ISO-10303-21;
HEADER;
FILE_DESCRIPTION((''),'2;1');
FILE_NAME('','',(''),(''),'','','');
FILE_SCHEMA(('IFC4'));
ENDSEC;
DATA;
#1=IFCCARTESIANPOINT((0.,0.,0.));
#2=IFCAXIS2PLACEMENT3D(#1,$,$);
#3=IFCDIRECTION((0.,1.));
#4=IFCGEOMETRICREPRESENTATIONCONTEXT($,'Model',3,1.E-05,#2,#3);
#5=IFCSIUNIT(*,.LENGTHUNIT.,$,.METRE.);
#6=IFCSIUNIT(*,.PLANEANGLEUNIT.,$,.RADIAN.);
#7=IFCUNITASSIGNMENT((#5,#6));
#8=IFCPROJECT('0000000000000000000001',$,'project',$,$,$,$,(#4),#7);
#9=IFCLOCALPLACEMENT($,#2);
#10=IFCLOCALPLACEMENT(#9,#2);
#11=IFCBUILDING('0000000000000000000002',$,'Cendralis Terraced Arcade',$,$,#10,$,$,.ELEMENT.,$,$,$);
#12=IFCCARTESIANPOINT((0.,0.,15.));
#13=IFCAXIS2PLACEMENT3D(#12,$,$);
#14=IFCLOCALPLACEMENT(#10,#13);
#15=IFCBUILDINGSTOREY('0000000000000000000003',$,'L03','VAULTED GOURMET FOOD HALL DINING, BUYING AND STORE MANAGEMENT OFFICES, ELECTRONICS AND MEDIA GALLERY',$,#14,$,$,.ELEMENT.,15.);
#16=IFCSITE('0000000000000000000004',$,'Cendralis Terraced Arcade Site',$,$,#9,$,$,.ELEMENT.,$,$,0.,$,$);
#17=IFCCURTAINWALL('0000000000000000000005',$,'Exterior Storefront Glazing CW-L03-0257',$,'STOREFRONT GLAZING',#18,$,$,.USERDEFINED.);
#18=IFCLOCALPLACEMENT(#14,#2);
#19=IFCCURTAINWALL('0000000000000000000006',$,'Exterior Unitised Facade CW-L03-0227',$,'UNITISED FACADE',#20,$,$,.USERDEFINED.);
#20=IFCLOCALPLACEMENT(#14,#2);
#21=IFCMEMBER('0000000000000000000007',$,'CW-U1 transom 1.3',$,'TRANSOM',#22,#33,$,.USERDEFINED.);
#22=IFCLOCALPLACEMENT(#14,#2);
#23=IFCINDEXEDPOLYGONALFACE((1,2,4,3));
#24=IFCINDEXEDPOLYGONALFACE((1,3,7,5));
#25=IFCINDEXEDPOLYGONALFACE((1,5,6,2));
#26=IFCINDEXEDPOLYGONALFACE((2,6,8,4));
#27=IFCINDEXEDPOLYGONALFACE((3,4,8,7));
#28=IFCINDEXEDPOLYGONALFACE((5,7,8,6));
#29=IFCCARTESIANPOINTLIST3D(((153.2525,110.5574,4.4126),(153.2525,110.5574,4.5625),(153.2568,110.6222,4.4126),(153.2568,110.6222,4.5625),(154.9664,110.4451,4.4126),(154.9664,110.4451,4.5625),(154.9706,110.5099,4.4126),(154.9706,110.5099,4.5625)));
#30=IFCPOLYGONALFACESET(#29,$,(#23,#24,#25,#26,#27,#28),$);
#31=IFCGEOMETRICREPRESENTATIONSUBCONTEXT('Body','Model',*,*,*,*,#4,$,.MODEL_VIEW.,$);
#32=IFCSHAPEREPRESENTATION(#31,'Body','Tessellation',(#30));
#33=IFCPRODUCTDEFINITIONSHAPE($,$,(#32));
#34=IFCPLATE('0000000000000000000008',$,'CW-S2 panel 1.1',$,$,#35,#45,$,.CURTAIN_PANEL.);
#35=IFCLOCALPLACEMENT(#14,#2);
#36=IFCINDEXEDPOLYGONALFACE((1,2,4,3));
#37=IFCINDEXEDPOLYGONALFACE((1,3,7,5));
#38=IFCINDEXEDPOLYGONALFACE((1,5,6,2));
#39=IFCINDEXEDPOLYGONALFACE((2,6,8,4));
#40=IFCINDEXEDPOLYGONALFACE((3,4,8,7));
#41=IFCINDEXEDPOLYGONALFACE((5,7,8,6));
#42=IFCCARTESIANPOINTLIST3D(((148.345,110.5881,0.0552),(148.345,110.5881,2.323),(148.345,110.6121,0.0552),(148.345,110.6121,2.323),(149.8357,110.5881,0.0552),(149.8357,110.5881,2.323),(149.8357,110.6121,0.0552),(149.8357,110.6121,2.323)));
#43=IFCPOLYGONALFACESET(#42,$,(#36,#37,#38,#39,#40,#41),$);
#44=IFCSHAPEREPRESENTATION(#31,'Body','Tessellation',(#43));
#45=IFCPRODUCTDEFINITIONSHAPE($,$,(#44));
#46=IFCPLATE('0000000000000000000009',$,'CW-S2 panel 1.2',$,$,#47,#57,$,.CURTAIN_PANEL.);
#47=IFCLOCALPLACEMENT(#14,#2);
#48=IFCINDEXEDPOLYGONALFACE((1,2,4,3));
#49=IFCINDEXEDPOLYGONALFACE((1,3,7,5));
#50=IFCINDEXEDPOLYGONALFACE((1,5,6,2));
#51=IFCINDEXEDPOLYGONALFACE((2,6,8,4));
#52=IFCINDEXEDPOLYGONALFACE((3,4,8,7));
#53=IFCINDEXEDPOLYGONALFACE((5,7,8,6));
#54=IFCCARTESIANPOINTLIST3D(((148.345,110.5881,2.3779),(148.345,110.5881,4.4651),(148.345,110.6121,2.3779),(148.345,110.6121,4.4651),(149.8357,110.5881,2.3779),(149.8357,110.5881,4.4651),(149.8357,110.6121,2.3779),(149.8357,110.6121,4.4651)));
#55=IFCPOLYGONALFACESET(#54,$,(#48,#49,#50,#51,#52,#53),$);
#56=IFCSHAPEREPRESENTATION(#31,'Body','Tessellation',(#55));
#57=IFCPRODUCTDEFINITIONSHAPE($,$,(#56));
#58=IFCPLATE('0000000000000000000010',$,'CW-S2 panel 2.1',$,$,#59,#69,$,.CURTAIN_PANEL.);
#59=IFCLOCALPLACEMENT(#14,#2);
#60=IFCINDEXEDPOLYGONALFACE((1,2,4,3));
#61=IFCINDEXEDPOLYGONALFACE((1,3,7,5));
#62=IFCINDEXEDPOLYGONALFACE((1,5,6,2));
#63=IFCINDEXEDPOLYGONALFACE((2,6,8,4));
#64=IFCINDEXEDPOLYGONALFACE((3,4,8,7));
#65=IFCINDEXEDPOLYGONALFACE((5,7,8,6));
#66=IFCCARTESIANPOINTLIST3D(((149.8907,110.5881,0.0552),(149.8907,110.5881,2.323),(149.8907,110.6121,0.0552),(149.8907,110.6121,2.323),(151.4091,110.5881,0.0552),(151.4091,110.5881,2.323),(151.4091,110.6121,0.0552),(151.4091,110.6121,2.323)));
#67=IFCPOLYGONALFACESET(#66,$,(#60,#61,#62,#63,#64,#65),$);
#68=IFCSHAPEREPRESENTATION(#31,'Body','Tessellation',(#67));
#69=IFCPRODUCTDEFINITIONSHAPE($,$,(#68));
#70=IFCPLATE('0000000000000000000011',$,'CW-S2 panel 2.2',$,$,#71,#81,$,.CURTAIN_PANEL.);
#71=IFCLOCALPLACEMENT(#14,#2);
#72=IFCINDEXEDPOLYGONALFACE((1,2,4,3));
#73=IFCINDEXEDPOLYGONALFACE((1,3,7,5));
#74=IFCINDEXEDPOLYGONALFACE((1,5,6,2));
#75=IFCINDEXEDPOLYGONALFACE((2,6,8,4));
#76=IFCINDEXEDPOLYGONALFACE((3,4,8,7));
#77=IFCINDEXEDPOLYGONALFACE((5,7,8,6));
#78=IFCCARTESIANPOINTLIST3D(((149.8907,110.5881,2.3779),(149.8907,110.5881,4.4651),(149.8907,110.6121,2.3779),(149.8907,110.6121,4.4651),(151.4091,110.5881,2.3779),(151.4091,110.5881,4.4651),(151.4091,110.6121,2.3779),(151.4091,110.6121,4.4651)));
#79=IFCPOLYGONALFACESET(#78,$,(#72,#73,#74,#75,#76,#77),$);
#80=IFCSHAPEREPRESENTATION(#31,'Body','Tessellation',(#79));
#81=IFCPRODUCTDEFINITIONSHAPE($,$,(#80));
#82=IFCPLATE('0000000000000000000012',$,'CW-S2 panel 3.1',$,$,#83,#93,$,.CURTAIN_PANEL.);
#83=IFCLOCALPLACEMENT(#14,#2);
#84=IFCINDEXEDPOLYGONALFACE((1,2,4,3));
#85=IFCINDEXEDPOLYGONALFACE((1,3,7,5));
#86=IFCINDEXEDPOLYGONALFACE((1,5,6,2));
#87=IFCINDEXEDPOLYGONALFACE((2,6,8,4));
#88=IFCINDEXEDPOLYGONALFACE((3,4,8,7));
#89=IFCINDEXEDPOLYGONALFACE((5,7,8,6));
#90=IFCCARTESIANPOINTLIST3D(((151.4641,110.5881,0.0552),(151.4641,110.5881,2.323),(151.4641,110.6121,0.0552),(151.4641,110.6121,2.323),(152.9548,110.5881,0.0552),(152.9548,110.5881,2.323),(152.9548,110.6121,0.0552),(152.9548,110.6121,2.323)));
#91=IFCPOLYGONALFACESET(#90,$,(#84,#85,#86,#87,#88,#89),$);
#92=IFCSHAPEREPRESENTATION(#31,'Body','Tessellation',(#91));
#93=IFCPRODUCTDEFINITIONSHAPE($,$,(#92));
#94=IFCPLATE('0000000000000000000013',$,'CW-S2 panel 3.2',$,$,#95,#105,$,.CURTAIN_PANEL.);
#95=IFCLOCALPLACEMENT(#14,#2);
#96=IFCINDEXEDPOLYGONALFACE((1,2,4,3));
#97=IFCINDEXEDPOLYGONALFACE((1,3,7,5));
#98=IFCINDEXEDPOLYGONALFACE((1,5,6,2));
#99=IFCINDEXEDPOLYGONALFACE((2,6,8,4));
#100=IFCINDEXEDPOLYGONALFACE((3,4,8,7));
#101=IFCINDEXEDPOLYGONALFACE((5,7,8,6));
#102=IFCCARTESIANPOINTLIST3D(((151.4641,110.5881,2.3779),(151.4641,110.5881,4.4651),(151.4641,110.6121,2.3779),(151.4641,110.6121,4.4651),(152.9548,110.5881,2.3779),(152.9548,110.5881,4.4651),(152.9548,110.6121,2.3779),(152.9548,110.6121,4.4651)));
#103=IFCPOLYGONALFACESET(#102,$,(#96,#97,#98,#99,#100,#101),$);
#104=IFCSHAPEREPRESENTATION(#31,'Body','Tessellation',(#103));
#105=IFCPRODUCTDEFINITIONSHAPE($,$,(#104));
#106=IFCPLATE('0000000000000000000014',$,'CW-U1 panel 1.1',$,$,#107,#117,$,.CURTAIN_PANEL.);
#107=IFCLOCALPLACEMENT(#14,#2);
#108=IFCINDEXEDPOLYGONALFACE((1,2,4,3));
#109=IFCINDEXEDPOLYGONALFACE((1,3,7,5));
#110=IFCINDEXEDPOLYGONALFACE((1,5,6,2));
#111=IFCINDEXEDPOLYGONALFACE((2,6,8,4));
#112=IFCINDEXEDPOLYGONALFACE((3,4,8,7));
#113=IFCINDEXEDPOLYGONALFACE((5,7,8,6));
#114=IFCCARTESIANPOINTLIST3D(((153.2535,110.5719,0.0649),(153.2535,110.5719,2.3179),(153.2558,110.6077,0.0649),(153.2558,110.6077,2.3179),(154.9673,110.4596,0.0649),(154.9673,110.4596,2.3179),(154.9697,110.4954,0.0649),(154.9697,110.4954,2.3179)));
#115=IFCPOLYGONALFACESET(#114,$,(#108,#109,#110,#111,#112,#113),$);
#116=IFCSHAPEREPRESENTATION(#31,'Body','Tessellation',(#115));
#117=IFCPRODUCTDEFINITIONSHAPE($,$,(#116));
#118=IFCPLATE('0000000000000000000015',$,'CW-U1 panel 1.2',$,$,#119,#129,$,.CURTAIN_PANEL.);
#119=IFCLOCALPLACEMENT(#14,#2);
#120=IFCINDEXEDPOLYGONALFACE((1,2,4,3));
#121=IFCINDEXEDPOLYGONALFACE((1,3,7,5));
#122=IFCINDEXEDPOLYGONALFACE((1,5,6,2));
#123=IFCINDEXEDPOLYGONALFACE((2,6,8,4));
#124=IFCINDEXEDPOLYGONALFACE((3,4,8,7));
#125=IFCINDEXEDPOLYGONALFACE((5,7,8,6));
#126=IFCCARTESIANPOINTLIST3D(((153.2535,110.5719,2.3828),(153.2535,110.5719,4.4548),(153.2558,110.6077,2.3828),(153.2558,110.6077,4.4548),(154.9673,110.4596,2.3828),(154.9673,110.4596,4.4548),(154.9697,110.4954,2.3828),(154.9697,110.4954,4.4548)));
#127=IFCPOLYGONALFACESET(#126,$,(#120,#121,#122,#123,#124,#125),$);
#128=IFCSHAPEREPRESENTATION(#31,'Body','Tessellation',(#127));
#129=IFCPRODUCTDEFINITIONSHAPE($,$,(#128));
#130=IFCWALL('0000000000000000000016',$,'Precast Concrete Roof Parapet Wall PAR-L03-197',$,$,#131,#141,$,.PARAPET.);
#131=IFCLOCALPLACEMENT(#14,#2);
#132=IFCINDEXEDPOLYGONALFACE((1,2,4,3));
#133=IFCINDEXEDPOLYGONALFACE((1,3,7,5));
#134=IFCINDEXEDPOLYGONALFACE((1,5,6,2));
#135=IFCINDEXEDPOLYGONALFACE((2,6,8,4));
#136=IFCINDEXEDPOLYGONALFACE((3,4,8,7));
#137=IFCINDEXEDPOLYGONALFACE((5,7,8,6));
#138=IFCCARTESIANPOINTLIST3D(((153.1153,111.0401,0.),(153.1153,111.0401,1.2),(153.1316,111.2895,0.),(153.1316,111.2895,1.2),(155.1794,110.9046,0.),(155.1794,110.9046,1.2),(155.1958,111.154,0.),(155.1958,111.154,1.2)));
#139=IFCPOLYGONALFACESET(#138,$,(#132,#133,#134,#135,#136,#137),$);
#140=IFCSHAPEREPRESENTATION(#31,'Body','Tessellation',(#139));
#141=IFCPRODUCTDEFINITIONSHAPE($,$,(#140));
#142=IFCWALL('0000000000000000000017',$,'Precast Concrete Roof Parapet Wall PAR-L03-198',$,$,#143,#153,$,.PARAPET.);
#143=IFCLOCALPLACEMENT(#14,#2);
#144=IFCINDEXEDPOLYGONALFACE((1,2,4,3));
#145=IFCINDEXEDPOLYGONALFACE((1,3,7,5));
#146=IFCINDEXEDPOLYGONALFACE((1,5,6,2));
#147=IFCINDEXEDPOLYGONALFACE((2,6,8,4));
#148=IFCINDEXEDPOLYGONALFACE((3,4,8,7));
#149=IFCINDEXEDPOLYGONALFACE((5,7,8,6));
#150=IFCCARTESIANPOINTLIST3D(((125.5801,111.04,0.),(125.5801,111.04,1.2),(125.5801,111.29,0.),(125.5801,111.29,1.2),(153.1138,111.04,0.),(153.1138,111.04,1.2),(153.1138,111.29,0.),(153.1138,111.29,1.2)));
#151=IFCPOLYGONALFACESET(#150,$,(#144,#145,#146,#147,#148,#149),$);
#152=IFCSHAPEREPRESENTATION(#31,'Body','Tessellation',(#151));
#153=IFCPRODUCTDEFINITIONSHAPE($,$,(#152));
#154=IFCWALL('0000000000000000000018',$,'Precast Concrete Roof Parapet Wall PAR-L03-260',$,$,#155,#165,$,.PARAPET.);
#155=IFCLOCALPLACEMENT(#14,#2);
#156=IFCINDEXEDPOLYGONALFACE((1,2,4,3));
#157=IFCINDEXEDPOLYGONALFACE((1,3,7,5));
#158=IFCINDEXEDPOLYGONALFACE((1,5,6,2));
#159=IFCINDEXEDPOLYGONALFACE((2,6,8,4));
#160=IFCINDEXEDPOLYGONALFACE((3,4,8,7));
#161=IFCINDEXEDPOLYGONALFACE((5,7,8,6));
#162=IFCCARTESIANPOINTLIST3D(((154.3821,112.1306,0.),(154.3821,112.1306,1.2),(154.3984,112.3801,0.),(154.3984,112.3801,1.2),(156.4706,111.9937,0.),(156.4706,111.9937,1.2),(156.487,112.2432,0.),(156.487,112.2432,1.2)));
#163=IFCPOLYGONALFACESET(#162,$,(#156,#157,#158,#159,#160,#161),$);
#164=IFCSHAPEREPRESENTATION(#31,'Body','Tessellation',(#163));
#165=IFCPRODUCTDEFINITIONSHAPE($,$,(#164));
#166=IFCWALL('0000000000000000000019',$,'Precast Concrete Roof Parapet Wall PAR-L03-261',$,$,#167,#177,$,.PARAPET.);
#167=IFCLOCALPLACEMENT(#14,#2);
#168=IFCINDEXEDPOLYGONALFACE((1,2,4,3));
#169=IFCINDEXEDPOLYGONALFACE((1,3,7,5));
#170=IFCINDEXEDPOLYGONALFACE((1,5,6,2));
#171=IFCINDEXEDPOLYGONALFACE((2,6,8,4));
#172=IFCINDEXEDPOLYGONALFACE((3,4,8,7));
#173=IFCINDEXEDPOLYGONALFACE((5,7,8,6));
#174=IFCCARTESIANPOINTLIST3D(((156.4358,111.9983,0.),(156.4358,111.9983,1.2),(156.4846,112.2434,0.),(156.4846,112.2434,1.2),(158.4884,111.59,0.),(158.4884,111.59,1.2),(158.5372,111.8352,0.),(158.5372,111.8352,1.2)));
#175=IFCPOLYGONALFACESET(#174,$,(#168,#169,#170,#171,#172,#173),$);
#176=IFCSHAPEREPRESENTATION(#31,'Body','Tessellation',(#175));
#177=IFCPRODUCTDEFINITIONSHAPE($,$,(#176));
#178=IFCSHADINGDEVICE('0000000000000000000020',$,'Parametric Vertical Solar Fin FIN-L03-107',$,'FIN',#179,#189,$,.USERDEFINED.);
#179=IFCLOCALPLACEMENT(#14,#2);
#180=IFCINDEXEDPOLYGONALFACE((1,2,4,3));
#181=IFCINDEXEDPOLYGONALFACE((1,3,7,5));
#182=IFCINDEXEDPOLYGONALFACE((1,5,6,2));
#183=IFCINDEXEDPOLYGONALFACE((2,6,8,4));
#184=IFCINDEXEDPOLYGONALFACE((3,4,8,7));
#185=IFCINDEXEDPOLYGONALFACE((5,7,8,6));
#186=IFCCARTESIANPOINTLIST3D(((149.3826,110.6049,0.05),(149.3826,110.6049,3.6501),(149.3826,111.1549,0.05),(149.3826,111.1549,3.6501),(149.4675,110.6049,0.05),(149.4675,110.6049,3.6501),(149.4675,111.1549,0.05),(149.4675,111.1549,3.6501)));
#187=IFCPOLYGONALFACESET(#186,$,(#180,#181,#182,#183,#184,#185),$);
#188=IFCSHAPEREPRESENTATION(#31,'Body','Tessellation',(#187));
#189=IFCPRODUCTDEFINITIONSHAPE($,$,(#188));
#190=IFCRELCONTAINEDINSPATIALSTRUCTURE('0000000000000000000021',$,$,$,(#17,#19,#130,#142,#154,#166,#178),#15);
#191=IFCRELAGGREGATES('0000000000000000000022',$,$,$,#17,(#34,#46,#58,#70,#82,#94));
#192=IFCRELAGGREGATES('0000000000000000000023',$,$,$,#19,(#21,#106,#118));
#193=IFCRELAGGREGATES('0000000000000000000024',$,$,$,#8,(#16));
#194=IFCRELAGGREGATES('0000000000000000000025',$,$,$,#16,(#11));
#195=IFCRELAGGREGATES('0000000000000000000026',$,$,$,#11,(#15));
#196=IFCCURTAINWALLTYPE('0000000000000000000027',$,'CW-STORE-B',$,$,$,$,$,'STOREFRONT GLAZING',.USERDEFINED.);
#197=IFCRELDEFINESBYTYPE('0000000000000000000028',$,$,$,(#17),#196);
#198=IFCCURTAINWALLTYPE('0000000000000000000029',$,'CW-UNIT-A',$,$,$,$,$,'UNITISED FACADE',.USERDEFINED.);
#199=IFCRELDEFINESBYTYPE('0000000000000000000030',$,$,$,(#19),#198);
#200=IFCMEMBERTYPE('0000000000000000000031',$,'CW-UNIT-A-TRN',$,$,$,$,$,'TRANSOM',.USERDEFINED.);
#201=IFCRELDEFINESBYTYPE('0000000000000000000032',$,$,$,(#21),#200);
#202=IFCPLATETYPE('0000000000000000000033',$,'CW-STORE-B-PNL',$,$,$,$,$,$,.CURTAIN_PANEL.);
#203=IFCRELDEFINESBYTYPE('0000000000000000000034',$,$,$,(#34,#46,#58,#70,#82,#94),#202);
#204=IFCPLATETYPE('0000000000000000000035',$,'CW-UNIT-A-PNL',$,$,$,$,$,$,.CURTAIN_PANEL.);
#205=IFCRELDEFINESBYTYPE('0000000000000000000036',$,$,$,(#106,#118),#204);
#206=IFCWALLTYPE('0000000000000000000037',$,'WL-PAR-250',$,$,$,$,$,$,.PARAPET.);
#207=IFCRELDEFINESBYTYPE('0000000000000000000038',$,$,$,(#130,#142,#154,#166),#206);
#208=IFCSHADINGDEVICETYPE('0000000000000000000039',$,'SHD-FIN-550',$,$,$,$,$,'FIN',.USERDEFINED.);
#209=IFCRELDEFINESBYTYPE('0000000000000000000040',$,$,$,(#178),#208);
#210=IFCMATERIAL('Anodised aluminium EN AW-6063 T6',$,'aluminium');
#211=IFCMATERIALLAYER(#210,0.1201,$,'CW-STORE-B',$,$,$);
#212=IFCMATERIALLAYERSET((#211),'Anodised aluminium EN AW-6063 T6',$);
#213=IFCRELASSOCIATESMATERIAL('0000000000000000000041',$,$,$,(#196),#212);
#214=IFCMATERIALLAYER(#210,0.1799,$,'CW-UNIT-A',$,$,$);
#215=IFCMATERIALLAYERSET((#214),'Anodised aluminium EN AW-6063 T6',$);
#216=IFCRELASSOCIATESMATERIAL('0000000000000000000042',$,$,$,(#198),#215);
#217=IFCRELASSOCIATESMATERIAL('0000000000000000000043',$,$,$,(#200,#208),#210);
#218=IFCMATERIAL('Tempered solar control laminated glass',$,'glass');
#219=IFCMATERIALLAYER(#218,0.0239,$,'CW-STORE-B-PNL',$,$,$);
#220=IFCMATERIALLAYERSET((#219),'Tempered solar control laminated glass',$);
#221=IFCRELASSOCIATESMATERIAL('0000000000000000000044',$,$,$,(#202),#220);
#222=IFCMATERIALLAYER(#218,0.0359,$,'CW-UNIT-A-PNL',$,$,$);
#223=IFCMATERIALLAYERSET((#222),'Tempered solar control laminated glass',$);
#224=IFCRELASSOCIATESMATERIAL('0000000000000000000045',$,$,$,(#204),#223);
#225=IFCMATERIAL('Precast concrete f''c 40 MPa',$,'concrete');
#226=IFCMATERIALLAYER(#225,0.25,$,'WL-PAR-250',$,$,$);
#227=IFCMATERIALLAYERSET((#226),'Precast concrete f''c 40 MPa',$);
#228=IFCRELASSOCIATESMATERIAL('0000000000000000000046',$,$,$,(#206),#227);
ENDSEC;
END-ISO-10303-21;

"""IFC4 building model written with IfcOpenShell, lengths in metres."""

from ifc_helpers import new_model, si_unit, direction, frame, frame_2d, origin, origin_2d, place, context, subcontext, project, spatial, rectangle, extrude, material, layer, layer_set, material_profile, profile_set, type_object, element, aggregate, save


model = new_model("IFC4")

# Units and contexts
model_context = context("Model", 3, precision=1e-05, world=origin(), true_north=direction((0.0, 1.0)))
body_context = subcontext(model_context, "Body", "Model", "MODEL_VIEW")
ifc_project = project(units=[si_unit("LENGTHUNIT", "METRE"), si_unit("PLANEANGLEUNIT", "RADIAN")], contexts=[model_context])

# Site, building, storey
site_placement = place(None, origin())
site = spatial("IfcSite", under=ifc_project, at=site_placement, Name="Cendralis Terraced Arcade Site", CompositionType="ELEMENT", RefElevation=0.0)
building_placement = place(site_placement, origin())
building = spatial("IfcBuilding", under=site, at=building_placement, Name="Cendralis Terraced Arcade", CompositionType="ELEMENT")
storey_placement = place(building_placement, frame((0.0, 0.0, 15.0)))
storey = spatial("IfcBuildingStorey", under=building, at=storey_placement, Name="L03", Description="VAULTED GOURMET FOOD HALL DINING, BUYING AND STORE MANAGEMENT OFFICES, ELECTRONICS AND MEDIA GALLERY", CompositionType="ELEMENT", Elevation=15.0)

# Curtain walls, member
ifc_material_1 = material(Name="Anodised aluminium EN AW-6063 T6", Category="aluminium")
ifc_layer_1 = layer(ifc_material_1, 0.1201, Name="CW-STORE-B")
ifc_layer_set_1 = layer_set([ifc_layer_1], Name="Anodised aluminium EN AW-6063 T6")
curtain_wall_type_1 = type_object("IfcCurtainWallType", Name="CW-STORE-B", ElementType="STOREFRONT GLAZING", PredefinedType="USERDEFINED", material=ifc_layer_set_1)
curtain_wall_1_placement = place(storey_placement, origin())
curtain_wall_1 = element("IfcCurtainWall", 1, at=curtain_wall_1_placement, inside=storey, type_object=curtain_wall_type_1, Name="Exterior Storefront Glazing CW-L03-0257", ObjectType="STOREFRONT GLAZING", PredefinedType="USERDEFINED")
ifc_layer_2 = layer(ifc_material_1, 0.1799, Name="CW-UNIT-A")
ifc_layer_set_2 = layer_set([ifc_layer_2], Name="Anodised aluminium EN AW-6063 T6")
curtain_wall_type_2 = type_object("IfcCurtainWallType", Name="CW-UNIT-A", ElementType="UNITISED FACADE", PredefinedType="USERDEFINED", material=ifc_layer_set_2)
curtain_wall_2_placement = place(storey_placement, origin())
curtain_wall_2 = element("IfcCurtainWall", 2, at=curtain_wall_2_placement, inside=storey, type_object=curtain_wall_type_2, Name="Exterior Unitised Facade CW-L03-0227", ObjectType="UNITISED FACADE", PredefinedType="USERDEFINED")
ifc_material_profile_1 = material_profile(ifc_material_1, rectangle(XDim=0.0649, YDim=0.1499, at=origin_2d()), Name="ALU-TRN-65x150")
ifc_profile_set_1 = profile_set([ifc_material_profile_1], Name="Anodised aluminium EN AW-6063 T6")
member_type_1 = type_object("IfcMemberType", Name="CW-UNIT-A-TRN", ElementType="TRANSOM", PredefinedType="USERDEFINED", material=ifc_profile_set_1)
member_1_placement = place(storey_placement, frame((153.2546, 110.5898, 4.4875), z_axis=(0.99786, -0.065387, 0.0), x_axis=(0.065387, 0.99786, 0.0)))
member_1 = element("IfcMember", 3, at=member_1_placement, type_object=member_type_1, Name="CW-U1 transom 1.3", ObjectType="TRANSOM", PredefinedType="USERDEFINED", context=body_context, shape_type="SweptSolid", body=[
    extrude(rectangle(XDim=0.0649, YDim=0.1499, at=origin_2d()), origin(), (0.0, 0.0, 1.0), 1.7175),
])

# Plates
ifc_material_2 = material(Name="Tempered solar control laminated glass", Category="glass")
ifc_layer_3 = layer(ifc_material_2, 0.0239, Name="CW-STORE-B-PNL")
ifc_layer_set_3 = layer_set([ifc_layer_3], Name="Tempered solar control laminated glass")
plate_type_1 = type_object("IfcPlateType", Name="CW-STORE-B-PNL", PredefinedType="CURTAIN_PANEL", material=ifc_layer_set_3)
plate_1_placement = place(storey_placement, frame((149.0903, 110.6001, 0.0552), z_axis=(0.0, 0.0, 1.0), x_axis=(1.0, 0.0, 0.0)))
plate_1 = element("IfcPlate", 4, at=plate_1_placement, type_object=plate_type_1, Name="CW-S2 panel 1.1", PredefinedType="CURTAIN_PANEL", context=body_context, shape_type="SweptSolid", body=[
    extrude(rectangle(XDim=1.4907, YDim=0.0239, at=origin_2d()), origin(), (0.0, 0.0, 1.0), 2.2678),
])
plate_2_placement = place(storey_placement, frame((149.0903, 110.6001, 2.3779), z_axis=(0.0, 0.0, 1.0), x_axis=(1.0, 0.0, 0.0)))
plate_2 = element("IfcPlate", 5, at=plate_2_placement, type_object=plate_type_1, Name="CW-S2 panel 1.2", PredefinedType="CURTAIN_PANEL", context=body_context, shape_type="SweptSolid", body=[
    extrude(rectangle(XDim=1.4907, YDim=0.0239, at=origin_2d()), origin(), (0.0, 0.0, 1.0), 2.0872),
])
plate_3_placement = place(storey_placement, frame((150.6499, 110.6001, 0.0552), z_axis=(0.0, 0.0, 1.0), x_axis=(1.0, 0.0, 0.0)))
plate_3 = element("IfcPlate", 6, at=plate_3_placement, type_object=plate_type_1, Name="CW-S2 panel 2.1", PredefinedType="CURTAIN_PANEL", context=body_context, shape_type="SweptSolid", body=[
    extrude(rectangle(XDim=1.5183, YDim=0.0239, at=origin_2d()), origin(), (0.0, 0.0, 1.0), 2.2678),
])
plate_4_placement = place(storey_placement, frame((150.6499, 110.6001, 2.3779), z_axis=(0.0, 0.0, 1.0), x_axis=(1.0, 0.0, 0.0)))
plate_4 = element("IfcPlate", 7, at=plate_4_placement, type_object=plate_type_1, Name="CW-S2 panel 2.2", PredefinedType="CURTAIN_PANEL", context=body_context, shape_type="SweptSolid", body=[
    extrude(rectangle(XDim=1.5183, YDim=0.0239, at=origin_2d()), origin(), (0.0, 0.0, 1.0), 2.0872),
])
plate_5_placement = place(storey_placement, frame((152.2095, 110.6001, 0.0552), z_axis=(0.0, 0.0, 1.0), x_axis=(1.0, 0.0, 0.0)))
plate_5 = element("IfcPlate", 8, at=plate_5_placement, type_object=plate_type_1, Name="CW-S2 panel 3.1", PredefinedType="CURTAIN_PANEL", context=body_context, shape_type="SweptSolid", body=[
    extrude(rectangle(XDim=1.4907, YDim=0.0239, at=origin_2d()), origin(), (0.0, 0.0, 1.0), 2.2678),
])
plate_6_placement = place(storey_placement, frame((152.2095, 110.6001, 2.3779), z_axis=(0.0, 0.0, 1.0), x_axis=(1.0, 0.0, 0.0)))
plate_6 = element("IfcPlate", 9, at=plate_6_placement, type_object=plate_type_1, Name="CW-S2 panel 3.2", PredefinedType="CURTAIN_PANEL", context=body_context, shape_type="SweptSolid", body=[
    extrude(rectangle(XDim=1.4907, YDim=0.0239, at=origin_2d()), origin(), (0.0, 0.0, 1.0), 2.0872),
])
aggregate(curtain_wall_1, [plate_1, plate_2, plate_3, plate_4, plate_5, plate_6])
ifc_layer_4 = layer(ifc_material_2, 0.0359, Name="CW-UNIT-A-PNL")
ifc_layer_set_4 = layer_set([ifc_layer_4], Name="Tempered solar control laminated glass")
plate_type_2 = type_object("IfcPlateType", Name="CW-UNIT-A-PNL", PredefinedType="CURTAIN_PANEL", material=ifc_layer_set_4)
plate_7_placement = place(storey_placement, frame((154.1116, 110.5337, 0.0649), z_axis=(0.0, 0.0, 1.0), x_axis=(0.99786, -0.065384, 0.0)))
plate_7 = element("IfcPlate", 10, at=plate_7_placement, type_object=plate_type_2, Name="CW-U1 panel 1.1", PredefinedType="CURTAIN_PANEL", context=body_context, shape_type="SweptSolid", body=[
    extrude(rectangle(XDim=1.7175, YDim=0.0359, at=origin_2d()), origin(), (0.0, 0.0, 1.0), 2.2529),
])
plate_8_placement = place(storey_placement, frame((154.1116, 110.5337, 2.3828), z_axis=(0.0, 0.0, 1.0), x_axis=(0.99786, -0.065384, 0.0)))
plate_8 = element("IfcPlate", 11, at=plate_8_placement, type_object=plate_type_2, Name="CW-U1 panel 1.2", PredefinedType="CURTAIN_PANEL", context=body_context, shape_type="SweptSolid", body=[
    extrude(rectangle(XDim=1.7175, YDim=0.0359, at=origin_2d()), origin(), (0.0, 0.0, 1.0), 2.072),
])
aggregate(curtain_wall_2, [member_1, plate_7, plate_8])

# Walls
ifc_material_3 = material(Name="Precast concrete f'c 40 MPa", Category="concrete")
ifc_layer_5 = layer(ifc_material_3, 0.25, Name="WL-PAR-250")
ifc_layer_set_5 = layer_set([ifc_layer_5], Name="Precast concrete f'c 40 MPa")
wall_type = type_object("IfcWallType", Name="WL-PAR-250", PredefinedType="PARAPET", material=ifc_layer_set_5)
wall_1_placement = place(storey_placement, frame((155.1875, 111.0293, 0.0), z_axis=(0.0, 0.0, 1.0), x_axis=(-0.997853, 0.065501, 0.0)))
element("IfcWall", 12, at=wall_1_placement, inside=storey, type_object=wall_type, Name="Precast Concrete Roof Parapet Wall PAR-L03-197", PredefinedType="PARAPET", context=body_context, shape_type="SweptSolid", body=[
    extrude(rectangle(XDim=2.0686, YDim=0.25, at=frame_2d((1.0342, 0.0))), origin(), (0.0, 0.0, 1.0), 1.2),
])
wall_2_placement = place(storey_placement, frame((153.1138, 111.165, 0.0), z_axis=(0.0, 0.0, 1.0), x_axis=(-1.0, 0.0, 0.0)))
element("IfcWall", 13, at=wall_2_placement, inside=storey, type_object=wall_type, Name="Precast Concrete Roof Parapet Wall PAR-L03-198", PredefinedType="PARAPET", context=body_context, shape_type="SweptSolid", body=[
    extrude(rectangle(XDim=27.5337, YDim=0.25, at=frame_2d((13.7668, 0.0))), origin(), (0.0, 0.0, 1.0), 1.2),
])
wall_3_placement = place(storey_placement, frame((154.3904, 112.2554, 0.0), z_axis=(0.0, 0.0, 1.0), x_axis=(0.997857, -0.065435, 0.0)))
element("IfcWall", 14, at=wall_3_placement, inside=storey, type_object=wall_type, Name="Precast Concrete Roof Parapet Wall PAR-L03-260", PredefinedType="PARAPET", context=body_context, shape_type="SweptSolid", body=[
    extrude(rectangle(XDim=2.093, YDim=0.25, at=frame_2d((1.0464, 0.0))), origin(), (0.0, 0.0, 1.0), 1.2),
])
wall_4_placement = place(storey_placement, frame((156.4602, 112.1208, 0.0), z_axis=(0.0, 0.0, 1.0), x_axis=(0.980791, -0.195062, 0.0)))
element("IfcWall", 15, at=wall_4_placement, inside=storey, type_object=wall_type, Name="Precast Concrete Roof Parapet Wall PAR-L03-261", PredefinedType="PARAPET", context=body_context, shape_type="SweptSolid", body=[
    extrude(rectangle(XDim=2.0928, YDim=0.25, at=frame_2d((1.0464, 0.0))), origin(), (0.0, 0.0, 1.0), 1.2),
])

# Shading device
shading_device_type = type_object("IfcShadingDeviceType", Name="SHD-FIN-550", ElementType="FIN", PredefinedType="USERDEFINED", material=ifc_material_1)
for number, where, z_axis, x_axis, name in (
    (16, (149.425, 110.8799, 0.05), (0.0, 0.0, 1.0), (1.0, 0.0, 0.0), "Parametric Vertical Solar Fin FIN-L03-107"),
):
    element("IfcShadingDevice", number, at=place(storey_placement, frame(where, z_axis=z_axis, x_axis=x_axis)), inside=storey, type_object=shading_device_type, Name=name, ObjectType="FIN", PredefinedType="USERDEFINED", context=body_context, shape_type="SweptSolid", body=[
        extrude(rectangle(XDim=0.085, YDim=0.55, at=origin_2d()), origin(), (0.0, 0.0, 1.0), 3.6001),
    ])

save(model, "model.ifc")
